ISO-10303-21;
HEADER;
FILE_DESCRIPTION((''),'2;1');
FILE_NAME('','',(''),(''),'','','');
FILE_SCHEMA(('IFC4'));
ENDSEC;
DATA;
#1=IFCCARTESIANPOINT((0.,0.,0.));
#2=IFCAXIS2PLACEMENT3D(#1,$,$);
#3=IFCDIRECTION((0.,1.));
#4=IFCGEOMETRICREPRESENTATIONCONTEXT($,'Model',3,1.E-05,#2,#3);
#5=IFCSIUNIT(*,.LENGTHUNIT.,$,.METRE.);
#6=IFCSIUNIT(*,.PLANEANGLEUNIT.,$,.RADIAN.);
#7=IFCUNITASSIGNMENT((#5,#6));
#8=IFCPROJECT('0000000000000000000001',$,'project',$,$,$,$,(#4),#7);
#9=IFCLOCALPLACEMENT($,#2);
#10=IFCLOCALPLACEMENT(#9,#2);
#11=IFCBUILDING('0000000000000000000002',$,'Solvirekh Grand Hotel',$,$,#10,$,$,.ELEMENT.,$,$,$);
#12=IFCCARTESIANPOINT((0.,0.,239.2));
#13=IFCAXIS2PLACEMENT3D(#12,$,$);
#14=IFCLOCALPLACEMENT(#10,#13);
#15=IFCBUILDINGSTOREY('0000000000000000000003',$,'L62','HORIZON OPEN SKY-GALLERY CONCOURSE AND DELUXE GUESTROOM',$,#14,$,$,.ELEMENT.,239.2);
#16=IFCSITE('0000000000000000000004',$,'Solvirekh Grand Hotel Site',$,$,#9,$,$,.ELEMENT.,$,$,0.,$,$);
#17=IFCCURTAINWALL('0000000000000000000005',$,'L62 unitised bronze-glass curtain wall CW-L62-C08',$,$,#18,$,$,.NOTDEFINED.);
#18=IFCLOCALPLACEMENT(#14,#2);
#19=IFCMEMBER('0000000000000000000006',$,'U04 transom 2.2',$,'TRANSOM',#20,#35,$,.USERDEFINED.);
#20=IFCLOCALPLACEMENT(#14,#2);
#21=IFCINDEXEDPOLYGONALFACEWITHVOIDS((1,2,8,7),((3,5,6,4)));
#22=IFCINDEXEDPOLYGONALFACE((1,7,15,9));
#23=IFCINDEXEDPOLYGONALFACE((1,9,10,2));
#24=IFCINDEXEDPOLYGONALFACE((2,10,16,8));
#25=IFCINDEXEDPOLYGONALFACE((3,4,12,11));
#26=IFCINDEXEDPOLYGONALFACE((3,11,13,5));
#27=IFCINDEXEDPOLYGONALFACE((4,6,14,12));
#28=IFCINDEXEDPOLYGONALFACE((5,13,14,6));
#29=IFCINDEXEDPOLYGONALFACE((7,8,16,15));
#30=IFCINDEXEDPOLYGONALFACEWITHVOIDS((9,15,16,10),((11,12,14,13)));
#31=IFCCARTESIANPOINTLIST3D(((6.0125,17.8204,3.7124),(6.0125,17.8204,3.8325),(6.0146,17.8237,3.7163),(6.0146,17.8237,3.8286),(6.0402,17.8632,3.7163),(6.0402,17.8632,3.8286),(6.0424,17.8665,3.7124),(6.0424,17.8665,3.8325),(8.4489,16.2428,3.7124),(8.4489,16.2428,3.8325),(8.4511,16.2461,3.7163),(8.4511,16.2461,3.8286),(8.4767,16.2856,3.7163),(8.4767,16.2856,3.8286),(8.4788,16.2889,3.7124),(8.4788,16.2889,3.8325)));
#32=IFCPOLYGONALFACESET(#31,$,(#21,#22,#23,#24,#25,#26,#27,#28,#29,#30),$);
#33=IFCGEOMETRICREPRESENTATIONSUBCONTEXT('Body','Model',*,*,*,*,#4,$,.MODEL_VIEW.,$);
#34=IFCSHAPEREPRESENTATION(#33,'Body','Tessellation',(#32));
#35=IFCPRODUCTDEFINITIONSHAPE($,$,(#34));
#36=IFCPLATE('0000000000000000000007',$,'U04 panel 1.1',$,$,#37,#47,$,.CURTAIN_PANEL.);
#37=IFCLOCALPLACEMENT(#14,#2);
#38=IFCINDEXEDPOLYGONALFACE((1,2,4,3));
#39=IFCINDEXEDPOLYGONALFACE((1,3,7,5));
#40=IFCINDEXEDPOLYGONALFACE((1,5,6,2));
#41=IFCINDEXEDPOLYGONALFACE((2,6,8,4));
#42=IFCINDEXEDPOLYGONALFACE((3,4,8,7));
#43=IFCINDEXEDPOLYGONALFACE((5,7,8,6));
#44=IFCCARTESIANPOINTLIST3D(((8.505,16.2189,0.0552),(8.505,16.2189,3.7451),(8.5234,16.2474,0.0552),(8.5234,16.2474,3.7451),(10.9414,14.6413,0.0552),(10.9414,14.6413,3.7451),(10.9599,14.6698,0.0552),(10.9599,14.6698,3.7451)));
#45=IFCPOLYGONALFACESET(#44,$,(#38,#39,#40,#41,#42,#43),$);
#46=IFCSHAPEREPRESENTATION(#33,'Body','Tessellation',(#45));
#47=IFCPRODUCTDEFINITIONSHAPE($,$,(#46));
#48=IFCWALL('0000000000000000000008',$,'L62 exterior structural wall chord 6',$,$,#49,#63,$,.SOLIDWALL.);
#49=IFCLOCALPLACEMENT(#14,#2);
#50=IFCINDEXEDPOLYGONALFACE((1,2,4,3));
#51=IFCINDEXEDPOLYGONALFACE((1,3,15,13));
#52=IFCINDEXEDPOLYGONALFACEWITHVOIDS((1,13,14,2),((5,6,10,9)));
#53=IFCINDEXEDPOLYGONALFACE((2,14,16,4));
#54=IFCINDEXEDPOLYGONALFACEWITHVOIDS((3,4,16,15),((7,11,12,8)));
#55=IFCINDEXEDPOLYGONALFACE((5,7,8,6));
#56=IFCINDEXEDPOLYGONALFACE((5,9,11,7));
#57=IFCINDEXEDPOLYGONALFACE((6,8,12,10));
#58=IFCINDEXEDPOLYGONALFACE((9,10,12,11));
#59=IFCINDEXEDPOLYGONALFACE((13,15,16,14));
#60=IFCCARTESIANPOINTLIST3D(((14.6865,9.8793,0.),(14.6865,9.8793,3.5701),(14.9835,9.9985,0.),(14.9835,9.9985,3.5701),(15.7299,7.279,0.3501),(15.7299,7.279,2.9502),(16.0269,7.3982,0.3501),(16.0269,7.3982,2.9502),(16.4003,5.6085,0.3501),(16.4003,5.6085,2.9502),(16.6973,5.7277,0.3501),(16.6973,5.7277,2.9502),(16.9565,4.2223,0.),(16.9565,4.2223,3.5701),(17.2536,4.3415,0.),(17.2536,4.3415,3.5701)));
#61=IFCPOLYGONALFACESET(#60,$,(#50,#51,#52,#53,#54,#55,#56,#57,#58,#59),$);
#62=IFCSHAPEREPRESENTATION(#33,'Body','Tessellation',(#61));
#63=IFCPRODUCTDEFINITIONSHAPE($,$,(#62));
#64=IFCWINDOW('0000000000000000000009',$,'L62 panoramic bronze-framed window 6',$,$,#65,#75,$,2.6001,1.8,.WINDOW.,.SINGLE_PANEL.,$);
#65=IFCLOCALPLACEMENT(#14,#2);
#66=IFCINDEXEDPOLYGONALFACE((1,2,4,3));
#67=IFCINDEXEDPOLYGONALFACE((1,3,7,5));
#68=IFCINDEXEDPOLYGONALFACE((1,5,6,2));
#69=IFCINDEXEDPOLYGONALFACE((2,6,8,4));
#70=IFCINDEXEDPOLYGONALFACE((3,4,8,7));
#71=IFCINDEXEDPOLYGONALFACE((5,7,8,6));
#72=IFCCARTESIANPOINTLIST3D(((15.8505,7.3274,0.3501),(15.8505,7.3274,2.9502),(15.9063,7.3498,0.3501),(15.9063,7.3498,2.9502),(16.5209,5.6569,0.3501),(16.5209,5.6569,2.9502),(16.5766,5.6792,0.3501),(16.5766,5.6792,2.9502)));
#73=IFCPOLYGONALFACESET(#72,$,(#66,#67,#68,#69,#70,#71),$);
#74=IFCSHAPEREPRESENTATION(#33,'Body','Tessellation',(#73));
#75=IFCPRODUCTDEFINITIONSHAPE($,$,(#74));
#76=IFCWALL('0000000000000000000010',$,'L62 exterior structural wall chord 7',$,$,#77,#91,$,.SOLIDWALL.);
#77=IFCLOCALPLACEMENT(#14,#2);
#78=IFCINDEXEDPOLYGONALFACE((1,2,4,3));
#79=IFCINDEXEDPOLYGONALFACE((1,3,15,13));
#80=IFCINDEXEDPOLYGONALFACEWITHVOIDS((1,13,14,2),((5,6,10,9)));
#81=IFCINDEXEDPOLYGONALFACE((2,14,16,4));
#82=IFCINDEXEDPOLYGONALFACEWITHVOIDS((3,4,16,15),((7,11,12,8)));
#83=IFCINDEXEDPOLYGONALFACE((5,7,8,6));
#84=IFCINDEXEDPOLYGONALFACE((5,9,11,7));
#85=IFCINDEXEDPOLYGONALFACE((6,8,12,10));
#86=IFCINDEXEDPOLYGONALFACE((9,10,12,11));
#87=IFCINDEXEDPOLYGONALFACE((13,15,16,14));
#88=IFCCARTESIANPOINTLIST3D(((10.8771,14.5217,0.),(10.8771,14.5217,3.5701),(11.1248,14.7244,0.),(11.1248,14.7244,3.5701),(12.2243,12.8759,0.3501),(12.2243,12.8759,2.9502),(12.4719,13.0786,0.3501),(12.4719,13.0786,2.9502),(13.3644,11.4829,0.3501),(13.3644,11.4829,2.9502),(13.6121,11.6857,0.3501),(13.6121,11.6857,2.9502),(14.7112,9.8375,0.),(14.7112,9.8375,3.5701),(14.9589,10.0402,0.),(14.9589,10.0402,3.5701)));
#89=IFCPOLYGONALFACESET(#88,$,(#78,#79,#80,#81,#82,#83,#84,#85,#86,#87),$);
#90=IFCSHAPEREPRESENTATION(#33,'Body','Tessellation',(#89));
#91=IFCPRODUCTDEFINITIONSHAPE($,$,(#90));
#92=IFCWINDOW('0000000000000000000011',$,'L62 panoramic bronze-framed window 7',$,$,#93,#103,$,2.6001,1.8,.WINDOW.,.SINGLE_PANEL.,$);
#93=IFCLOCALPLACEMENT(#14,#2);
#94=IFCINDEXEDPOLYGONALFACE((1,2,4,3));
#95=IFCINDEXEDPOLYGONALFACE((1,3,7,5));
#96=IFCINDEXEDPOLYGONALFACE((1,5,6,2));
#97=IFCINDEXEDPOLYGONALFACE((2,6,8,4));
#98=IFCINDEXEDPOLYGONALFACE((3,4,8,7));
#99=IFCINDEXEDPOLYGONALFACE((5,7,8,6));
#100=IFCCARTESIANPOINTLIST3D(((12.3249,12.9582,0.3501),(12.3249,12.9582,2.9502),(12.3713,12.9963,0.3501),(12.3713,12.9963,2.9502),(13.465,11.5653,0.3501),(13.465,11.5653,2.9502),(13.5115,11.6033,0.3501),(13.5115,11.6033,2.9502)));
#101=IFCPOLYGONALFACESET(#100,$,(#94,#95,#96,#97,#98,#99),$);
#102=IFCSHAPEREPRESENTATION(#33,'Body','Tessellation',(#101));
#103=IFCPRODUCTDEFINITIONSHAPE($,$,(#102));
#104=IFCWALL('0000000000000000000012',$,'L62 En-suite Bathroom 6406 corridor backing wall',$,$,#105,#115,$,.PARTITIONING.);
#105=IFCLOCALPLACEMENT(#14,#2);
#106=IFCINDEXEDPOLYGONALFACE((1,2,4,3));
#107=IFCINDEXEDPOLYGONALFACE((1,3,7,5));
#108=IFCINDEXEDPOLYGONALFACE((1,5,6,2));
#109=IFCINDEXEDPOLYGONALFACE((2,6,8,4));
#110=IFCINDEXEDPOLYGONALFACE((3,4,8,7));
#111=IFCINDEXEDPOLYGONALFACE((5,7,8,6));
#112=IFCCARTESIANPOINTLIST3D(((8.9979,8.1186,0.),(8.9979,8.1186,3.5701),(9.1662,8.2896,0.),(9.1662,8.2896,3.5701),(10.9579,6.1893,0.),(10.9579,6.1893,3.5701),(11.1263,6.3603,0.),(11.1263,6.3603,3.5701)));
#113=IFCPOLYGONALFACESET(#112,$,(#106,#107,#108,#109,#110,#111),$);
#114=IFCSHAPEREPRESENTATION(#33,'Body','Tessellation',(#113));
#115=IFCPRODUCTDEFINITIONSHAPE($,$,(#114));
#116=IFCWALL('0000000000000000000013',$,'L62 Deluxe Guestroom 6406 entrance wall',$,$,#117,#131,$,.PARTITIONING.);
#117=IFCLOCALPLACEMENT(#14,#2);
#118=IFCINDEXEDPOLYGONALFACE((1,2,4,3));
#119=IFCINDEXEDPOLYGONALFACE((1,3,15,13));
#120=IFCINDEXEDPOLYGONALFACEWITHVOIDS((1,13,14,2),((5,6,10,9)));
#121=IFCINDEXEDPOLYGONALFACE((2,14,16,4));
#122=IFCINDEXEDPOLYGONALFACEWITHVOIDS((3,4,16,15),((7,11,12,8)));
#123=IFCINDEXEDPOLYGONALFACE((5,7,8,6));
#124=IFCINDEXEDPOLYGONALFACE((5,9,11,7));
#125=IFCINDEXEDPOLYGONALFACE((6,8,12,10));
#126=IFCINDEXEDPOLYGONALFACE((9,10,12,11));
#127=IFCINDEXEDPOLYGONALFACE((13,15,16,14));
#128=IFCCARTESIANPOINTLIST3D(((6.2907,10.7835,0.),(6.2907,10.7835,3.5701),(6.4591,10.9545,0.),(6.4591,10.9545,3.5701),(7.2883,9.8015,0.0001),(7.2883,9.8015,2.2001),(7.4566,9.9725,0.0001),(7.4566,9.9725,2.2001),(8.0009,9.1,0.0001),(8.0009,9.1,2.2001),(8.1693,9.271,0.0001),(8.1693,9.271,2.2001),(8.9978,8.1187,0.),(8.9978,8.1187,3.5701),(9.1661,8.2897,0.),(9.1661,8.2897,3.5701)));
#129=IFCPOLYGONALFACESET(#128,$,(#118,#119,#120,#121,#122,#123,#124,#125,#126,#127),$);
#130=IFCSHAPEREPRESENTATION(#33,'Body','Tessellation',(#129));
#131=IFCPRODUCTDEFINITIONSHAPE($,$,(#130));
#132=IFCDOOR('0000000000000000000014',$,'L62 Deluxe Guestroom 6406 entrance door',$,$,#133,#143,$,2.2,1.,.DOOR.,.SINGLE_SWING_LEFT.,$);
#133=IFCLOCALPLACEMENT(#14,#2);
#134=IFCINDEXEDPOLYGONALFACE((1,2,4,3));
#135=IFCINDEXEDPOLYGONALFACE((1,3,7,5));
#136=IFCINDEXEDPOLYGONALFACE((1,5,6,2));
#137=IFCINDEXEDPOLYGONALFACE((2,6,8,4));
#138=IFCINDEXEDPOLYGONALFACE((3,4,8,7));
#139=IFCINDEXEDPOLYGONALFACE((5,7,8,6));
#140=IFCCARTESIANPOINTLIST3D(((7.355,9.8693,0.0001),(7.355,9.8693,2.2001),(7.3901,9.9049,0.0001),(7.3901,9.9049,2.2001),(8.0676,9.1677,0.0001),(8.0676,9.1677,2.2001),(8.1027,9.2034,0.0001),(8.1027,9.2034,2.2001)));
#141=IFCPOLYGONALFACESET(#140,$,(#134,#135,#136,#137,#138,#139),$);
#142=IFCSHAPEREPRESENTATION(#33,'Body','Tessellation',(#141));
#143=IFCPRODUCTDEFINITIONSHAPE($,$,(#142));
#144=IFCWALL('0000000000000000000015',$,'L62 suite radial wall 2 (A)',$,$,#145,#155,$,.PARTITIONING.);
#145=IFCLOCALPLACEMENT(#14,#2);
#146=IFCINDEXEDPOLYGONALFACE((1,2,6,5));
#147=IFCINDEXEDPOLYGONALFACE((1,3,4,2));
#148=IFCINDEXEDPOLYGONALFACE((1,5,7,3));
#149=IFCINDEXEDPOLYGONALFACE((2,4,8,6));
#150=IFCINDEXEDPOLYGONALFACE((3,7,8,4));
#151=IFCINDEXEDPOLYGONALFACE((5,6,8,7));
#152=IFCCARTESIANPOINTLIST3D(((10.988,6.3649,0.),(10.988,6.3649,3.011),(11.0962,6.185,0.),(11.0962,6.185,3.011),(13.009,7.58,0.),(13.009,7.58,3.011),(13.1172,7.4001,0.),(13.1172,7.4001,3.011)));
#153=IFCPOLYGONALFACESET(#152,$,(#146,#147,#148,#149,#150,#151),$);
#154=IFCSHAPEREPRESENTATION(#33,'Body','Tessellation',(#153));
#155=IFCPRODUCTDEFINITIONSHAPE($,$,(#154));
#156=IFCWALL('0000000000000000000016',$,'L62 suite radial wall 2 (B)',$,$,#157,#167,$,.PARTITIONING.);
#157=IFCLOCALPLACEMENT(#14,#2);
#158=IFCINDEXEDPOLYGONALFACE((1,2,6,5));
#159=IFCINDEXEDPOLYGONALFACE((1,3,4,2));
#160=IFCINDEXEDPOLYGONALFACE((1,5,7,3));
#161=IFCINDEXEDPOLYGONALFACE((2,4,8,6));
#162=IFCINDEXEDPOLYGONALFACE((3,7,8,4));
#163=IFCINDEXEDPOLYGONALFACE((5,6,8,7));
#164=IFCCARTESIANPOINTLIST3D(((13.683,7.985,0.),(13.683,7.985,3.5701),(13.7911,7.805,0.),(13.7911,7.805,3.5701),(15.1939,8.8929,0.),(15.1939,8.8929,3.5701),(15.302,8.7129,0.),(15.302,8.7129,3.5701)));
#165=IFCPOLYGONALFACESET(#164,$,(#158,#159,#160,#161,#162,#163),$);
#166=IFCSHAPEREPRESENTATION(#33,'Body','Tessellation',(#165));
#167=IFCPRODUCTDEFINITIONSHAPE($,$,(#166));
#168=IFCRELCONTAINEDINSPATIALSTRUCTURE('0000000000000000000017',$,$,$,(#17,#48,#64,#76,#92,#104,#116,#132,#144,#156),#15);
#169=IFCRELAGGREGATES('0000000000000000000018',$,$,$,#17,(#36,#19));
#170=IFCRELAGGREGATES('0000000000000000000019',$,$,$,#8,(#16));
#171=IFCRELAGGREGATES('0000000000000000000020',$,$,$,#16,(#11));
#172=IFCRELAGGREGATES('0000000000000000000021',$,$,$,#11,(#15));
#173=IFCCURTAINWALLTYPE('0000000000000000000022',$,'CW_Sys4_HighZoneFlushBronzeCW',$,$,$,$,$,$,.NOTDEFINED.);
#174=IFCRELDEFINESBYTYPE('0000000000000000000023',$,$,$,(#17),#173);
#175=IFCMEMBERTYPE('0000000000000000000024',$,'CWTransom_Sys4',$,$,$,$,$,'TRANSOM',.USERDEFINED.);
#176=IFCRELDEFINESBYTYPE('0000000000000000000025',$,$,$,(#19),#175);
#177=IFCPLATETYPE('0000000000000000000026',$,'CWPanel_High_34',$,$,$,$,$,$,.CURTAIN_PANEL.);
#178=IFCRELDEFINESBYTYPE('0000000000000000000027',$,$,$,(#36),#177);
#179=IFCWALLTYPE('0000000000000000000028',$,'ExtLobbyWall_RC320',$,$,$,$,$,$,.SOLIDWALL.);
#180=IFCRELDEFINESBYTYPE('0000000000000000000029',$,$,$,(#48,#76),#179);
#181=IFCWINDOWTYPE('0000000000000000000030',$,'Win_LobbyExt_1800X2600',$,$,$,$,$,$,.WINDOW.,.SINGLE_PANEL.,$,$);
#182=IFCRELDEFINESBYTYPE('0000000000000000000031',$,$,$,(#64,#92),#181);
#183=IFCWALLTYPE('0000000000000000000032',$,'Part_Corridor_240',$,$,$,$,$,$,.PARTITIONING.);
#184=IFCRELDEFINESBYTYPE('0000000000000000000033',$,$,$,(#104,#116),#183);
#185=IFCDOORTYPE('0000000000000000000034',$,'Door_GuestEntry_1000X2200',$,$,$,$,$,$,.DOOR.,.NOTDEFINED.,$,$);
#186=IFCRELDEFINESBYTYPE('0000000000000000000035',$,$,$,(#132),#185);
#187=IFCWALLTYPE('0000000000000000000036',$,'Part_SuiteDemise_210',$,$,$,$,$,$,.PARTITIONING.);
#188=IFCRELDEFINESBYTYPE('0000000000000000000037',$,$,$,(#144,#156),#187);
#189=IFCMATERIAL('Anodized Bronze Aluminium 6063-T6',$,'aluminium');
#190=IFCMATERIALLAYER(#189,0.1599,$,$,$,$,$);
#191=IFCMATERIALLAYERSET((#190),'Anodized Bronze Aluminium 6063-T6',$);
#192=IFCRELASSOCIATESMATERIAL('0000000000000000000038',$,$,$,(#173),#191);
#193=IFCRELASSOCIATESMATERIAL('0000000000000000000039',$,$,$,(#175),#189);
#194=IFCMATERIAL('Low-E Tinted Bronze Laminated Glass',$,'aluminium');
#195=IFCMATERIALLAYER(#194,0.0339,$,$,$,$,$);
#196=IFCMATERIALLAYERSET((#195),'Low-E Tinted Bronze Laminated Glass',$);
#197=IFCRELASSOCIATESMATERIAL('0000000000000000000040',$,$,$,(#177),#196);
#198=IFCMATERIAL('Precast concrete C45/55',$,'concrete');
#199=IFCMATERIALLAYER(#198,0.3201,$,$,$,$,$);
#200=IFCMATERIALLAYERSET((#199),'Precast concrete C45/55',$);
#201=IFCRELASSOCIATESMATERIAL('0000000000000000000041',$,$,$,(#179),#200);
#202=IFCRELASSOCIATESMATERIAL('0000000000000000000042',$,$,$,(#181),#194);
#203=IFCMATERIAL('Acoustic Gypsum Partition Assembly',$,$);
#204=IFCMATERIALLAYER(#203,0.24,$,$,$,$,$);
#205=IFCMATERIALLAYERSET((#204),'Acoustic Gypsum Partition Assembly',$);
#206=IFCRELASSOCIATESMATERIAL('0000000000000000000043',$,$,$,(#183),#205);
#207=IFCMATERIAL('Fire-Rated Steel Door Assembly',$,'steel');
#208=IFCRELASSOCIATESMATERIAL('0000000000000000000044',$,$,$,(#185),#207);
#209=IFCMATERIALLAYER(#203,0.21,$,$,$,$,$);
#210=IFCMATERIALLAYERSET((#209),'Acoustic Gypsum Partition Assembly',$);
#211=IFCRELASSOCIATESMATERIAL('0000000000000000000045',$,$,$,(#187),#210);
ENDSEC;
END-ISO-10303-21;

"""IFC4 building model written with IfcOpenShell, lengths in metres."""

from ifc_helpers import new_model, si_unit, direction, frame, frame_2d, origin, origin_2d, place, context, subcontext, project, spatial, rectangle, hollow_rectangle, extrude, source, transform, mapped, material, layer, layer_set, material_profile, profile_set, type_object, element, fill, aggregate, save


model = new_model("IFC4")

# Units and contexts
model_context = context("Model", 3, precision=1e-05, world=origin(), true_north=direction((0.0, 1.0)))
body_context = subcontext(model_context, "Body", "Model", "MODEL_VIEW")
ifc_project = project(units=[si_unit("LENGTHUNIT", "METRE"), si_unit("PLANEANGLEUNIT", "RADIAN")], contexts=[model_context])

# Site, building, storey
site_placement = place(None, origin())
site = spatial("IfcSite", under=ifc_project, at=site_placement, Name="Solvirekh Grand Hotel Site", CompositionType="ELEMENT", RefElevation=0.0)
building_placement = place(site_placement, origin())
building = spatial("IfcBuilding", under=site, at=building_placement, Name="Solvirekh Grand Hotel", CompositionType="ELEMENT")
storey_placement = place(building_placement, frame((0.0, 0.0, 239.2)))
storey = spatial("IfcBuildingStorey", under=building, at=storey_placement, Name="L62", Description="HORIZON OPEN SKY-GALLERY CONCOURSE AND DELUXE GUESTROOM", CompositionType="ELEMENT", Elevation=239.2)

# Curtain wall, member, plate
ifc_material_1 = material(Name="Anodized Bronze Aluminium 6063-T6", Category="aluminium")
ifc_layer_1 = layer(ifc_material_1, 0.1599)
ifc_layer_set_1 = layer_set([ifc_layer_1], Name="Anodized Bronze Aluminium 6063-T6")
curtain_wall_type = type_object("IfcCurtainWallType", Name="CW_Sys4_HighZoneFlushBronzeCW", PredefinedType="NOTDEFINED", material=ifc_layer_set_1)
curtain_wall_placement = place(storey_placement, origin())
curtain_wall = element("IfcCurtainWall", 1, at=curtain_wall_placement, inside=storey, type_object=curtain_wall_type, Name="L62 unitised bronze-glass curtain wall CW-L62-C08", PredefinedType="NOTDEFINED")
ifc_material_profile_1 = material_profile(ifc_material_1, hollow_rectangle(XDim=0.0549, YDim=0.1201, WallThickness=0.0039, at=origin_2d()), Name="ALU RHS 120X55X4")
ifc_profile_set_1 = profile_set([ifc_material_profile_1], Name="Anodized Bronze Aluminium 6063-T6")
member_type_1 = type_object("IfcMemberType", Name="CWTransom_Sys4", ElementType="TRANSOM", PredefinedType="USERDEFINED", material=ifc_profile_set_1)
shared_shape_1 = source(origin(), body_context, "Body", "SweptSolid", [
    extrude(hollow_rectangle(XDim=0.0549, YDim=0.1201, WallThickness=0.0039, at=origin_2d()), origin(), (0.0, 0.0, 1.0), 2.9026),
])
member_1_placement = place(storey_placement, frame((8.4639, 16.2659, 3.7725), z_axis=(-0.839403, 0.543509, 0.0), x_axis=(-0.543509, -0.839403, 0.0)))
member_1 = element("IfcMember", 2, at=member_1_placement, type_object=member_type_1, Name="U04 transom 2.2", ObjectType="TRANSOM", PredefinedType="USERDEFINED", context=body_context, shape_type="MappedRepresentation", body=[
    mapped(shared_shape_1, transform((0.0, 0.0, 0.0), x_axis=(1.0, 0.0, 0.0), y_axis=(0.0, 1.0, 0.0), z_axis=(0.0, 0.0, 1.0), scale=1.0)),
])
ifc_material_2 = material(Name="Low-E Tinted Bronze Laminated Glass", Category="aluminium")
ifc_layer_2 = layer(ifc_material_2, 0.0339)
ifc_layer_set_2 = layer_set([ifc_layer_2], Name="Low-E Tinted Bronze Laminated Glass")
plate_type = type_object("IfcPlateType", Name="CWPanel_High_34", PredefinedType="CURTAIN_PANEL", material=ifc_layer_set_2)
shared_shape_2 = source(origin(), body_context, "Body", "SweptSolid", [
    extrude(rectangle(XDim=2.9026, YDim=0.0339, at=origin_2d()), origin(), (0.0, 0.0, 1.0), 3.6899),
])
plate_placement = place(storey_placement, frame((9.7324, 15.4443, 0.0552), z_axis=(0.0, 0.0, 1.0), x_axis=(-0.839404, 0.543508, 0.0)))
plate = element("IfcPlate", 3, at=plate_placement, type_object=plate_type, Name="U04 panel 1.1", PredefinedType="CURTAIN_PANEL", context=body_context, shape_type="MappedRepresentation", body=[
    mapped(shared_shape_2, transform((0.0, 0.0, 0.0), x_axis=(1.0, 0.0, 0.0), y_axis=(0.0, 1.0, 0.0), z_axis=(0.0, 0.0, 1.0), scale=1.0)),
])
aggregate(curtain_wall, [plate, member_1])

# Walls, openings, windows
ifc_material_3 = material(Name="Precast concrete C45/55", Category="concrete")
ifc_layer_3 = layer(ifc_material_3, 0.3201)
ifc_layer_set_3 = layer_set([ifc_layer_3], Name="Precast concrete C45/55")
wall_type_1 = type_object("IfcWallType", Name="ExtLobbyWall_RC320", PredefinedType="SOLIDWALL", material=ifc_layer_set_3)
wall_1_placement = place(storey_placement, frame((14.835, 9.939, 0.0), z_axis=(0.0, 0.0, 1.0), x_axis=(0.372412, -0.928067, 0.0)))
wall_1 = element("IfcWall", 4, at=wall_1_placement, inside=storey, type_object=wall_type_1, Name="L62 exterior structural wall chord 6", PredefinedType="SOLIDWALL", context=body_context, shape_type="SweptSolid", body=[
    extrude(rectangle(XDim=6.0955, YDim=0.3201, at=frame_2d((3.0479, 0.0))), origin(), (0.0, 0.0, 1.0), 3.5701),
])
opening_1_placement = place(wall_1_placement, frame((2.802, 0.0, 0.3501)))
opening_1 = element("IfcOpeningElement", 5, at=opening_1_placement, cuts=wall_1, PredefinedType="OPENING", context=body_context, shape_type="SweptSolid", body=[
    extrude(rectangle(XDim=1.8, YDim=2.6001, at=frame_2d((0.8999, 1.3))), frame((0.0, 0.1699, 0.0), z_axis=(0.0, -1.0, 0.0), x_axis=(1.0, 0.0, 0.0)), (0.0, 0.0, 1.0), 0.3401),
])
window_type = type_object("IfcWindowType", Name="Win_LobbyExt_1800X2600", PartitioningType="SINGLE_PANEL", PredefinedType="WINDOW", material=ifc_material_2)
window_1_placement = place(opening_1_placement, origin())
window_1 = element("IfcWindow", 6, at=window_1_placement, inside=storey, type_object=window_type, Name="L62 panoramic bronze-framed window 6", OverallHeight=2.6001, OverallWidth=1.8, PartitioningType="SINGLE_PANEL", PredefinedType="WINDOW", context=body_context, shape_type="SweptSolid", body=[
    extrude(rectangle(XDim=1.8, YDim=2.6001, at=frame_2d((0.8999, 1.3))), frame((0.0, 0.03, 0.0), z_axis=(0.0, -1.0, 0.0), x_axis=(1.0, 0.0, 0.0)), (0.0, 0.0, 1.0), 0.0601),
])
fill(opening_1, window_1)
wall_2_placement = place(storey_placement, frame((11.001, 14.623, 0.0), z_axis=(0.0, 0.0, 1.0), x_axis=(0.633392, -0.773831, 0.0)))
wall_2 = element("IfcWall", 7, at=wall_2_placement, inside=storey, type_object=wall_type_1, Name="L62 exterior structural wall chord 7", PredefinedType="SOLIDWALL", context=body_context, shape_type="SweptSolid", body=[
    extrude(rectangle(XDim=6.0532, YDim=0.3201, at=frame_2d((3.0266, 0.0))), origin(), (0.0, 0.0, 1.0), 3.5701),
])
opening_2_placement = place(wall_2_placement, frame((2.127, 0.0, 0.3501)))
opening_2 = element("IfcOpeningElement", 8, at=opening_2_placement, cuts=wall_2, PredefinedType="OPENING", context=body_context, shape_type="SweptSolid", body=[
    extrude(rectangle(XDim=1.8, YDim=2.6001, at=frame_2d((0.8999, 1.3))), frame((0.0, 0.1699, 0.0), z_axis=(0.0, -1.0, 0.0), x_axis=(1.0, 0.0, 0.0)), (0.0, 0.0, 1.0), 0.3401),
])
window_2_placement = place(opening_2_placement, origin())
window_2 = element("IfcWindow", 9, at=window_2_placement, inside=storey, type_object=window_type, Name="L62 panoramic bronze-framed window 7", OverallHeight=2.6001, OverallWidth=1.8, PartitioningType="SINGLE_PANEL", PredefinedType="WINDOW", context=body_context, shape_type="SweptSolid", body=[
    extrude(rectangle(XDim=1.8, YDim=2.6001, at=frame_2d((0.8999, 1.3))), frame((0.0, 0.03, 0.0), z_axis=(0.0, -1.0, 0.0), x_axis=(1.0, 0.0, 0.0)), (0.0, 0.0, 1.0), 0.0601),
])
fill(opening_2, window_2)

# Wall
ifc_material_4 = material(Name="Acoustic Gypsum Partition Assembly")
ifc_layer_4 = layer(ifc_material_4, 0.24)
ifc_layer_set_4 = layer_set([ifc_layer_4], Name="Acoustic Gypsum Partition Assembly")
wall_type_2 = type_object("IfcWallType", Name="Part_Corridor_240", PredefinedType="PARTITIONING", material=ifc_layer_set_4)
wall_3_placement = place(storey_placement, frame((11.042, 6.2749, 0.0), z_axis=(0.0, 0.0, 1.0), x_axis=(-0.712677, 0.701492, 0.0)))
element("IfcWall", 10, at=wall_3_placement, inside=storey, type_object=wall_type_2, Name="L62 En-suite Bathroom 6406 corridor backing wall", PredefinedType="PARTITIONING", context=body_context, shape_type="SweptSolid", body=[
    extrude(rectangle(XDim=2.7502, YDim=0.24, at=frame_2d((1.375, 0.0))), origin(), (0.0, 0.0, 1.0), 3.5701),
])

# Wall, opening, door
wall_4_placement = place(storey_placement, frame((9.082, 8.2041, 0.0), z_axis=(0.0, 0.0, 1.0), x_axis=(-0.712644, 0.701525, 0.0)))
wall_4 = element("IfcWall", 11, at=wall_4_placement, inside=storey, type_object=wall_type_2, Name="L62 Deluxe Guestroom 6406 entrance wall", PredefinedType="PARTITIONING", context=body_context, shape_type="SweptSolid", body=[
    extrude(rectangle(XDim=3.7986, YDim=0.24, at=frame_2d((1.8994, 0.0))), origin(), (0.0, 0.0, 1.0), 3.5701),
])
opening_3_placement = place(wall_4_placement, frame((1.3989, 0.0, 0.0)))
opening_3 = element("IfcOpeningElement", 12, at=opening_3_placement, cuts=wall_4, PredefinedType="OPENING", context=body_context, shape_type="SweptSolid", body=[
    extrude(rectangle(XDim=1.0, YDim=2.2, at=frame_2d((0.5, 1.1001))), frame((0.0, 0.1299, 0.0), z_axis=(0.0, -1.0, 0.0), x_axis=(1.0, 0.0, 0.0)), (0.0, 0.0, 1.0), 0.26),
])
ifc_material_5 = material(Name="Fire-Rated Steel Door Assembly", Category="steel")
door_type_1 = type_object("IfcDoorType", Name="Door_GuestEntry_1000X2200", OperationType="NOTDEFINED", PredefinedType="DOOR", material=ifc_material_5)
door_1_placement = place(opening_3_placement, origin())
door_1 = element("IfcDoor", 13, at=door_1_placement, inside=storey, type_object=door_type_1, Name="L62 Deluxe Guestroom 6406 entrance door", OperationType="SINGLE_SWING_LEFT", OverallHeight=2.2, OverallWidth=1.0, PredefinedType="DOOR", context=body_context, shape_type="SweptSolid", body=[
    extrude(rectangle(XDim=1.0, YDim=2.2, at=frame_2d((0.5, 1.1001))), frame((0.0, 0.0249, 0.0), z_axis=(0.0, -1.0, 0.0), x_axis=(1.0, 0.0, 0.0)), (0.0, 0.0, 1.0), 0.05),
])
fill(opening_3, door_1)

# Walls
ifc_layer_5 = layer(ifc_material_4, 0.21)
ifc_layer_set_5 = layer_set([ifc_layer_5], Name="Acoustic Gypsum Partition Assembly")
wall_type_3 = type_object("IfcWallType", Name="Part_SuiteDemise_210", PredefinedType="PARTITIONING", material=ifc_layer_set_5)
wall_5_placement = place(storey_placement, frame((11.042, 6.2749, 0.0), z_axis=(0.0, 0.0, 1.0), x_axis=(0.857027, 0.515272, 0.0)))
element("IfcWall", 14, at=wall_5_placement, inside=storey, type_object=wall_type_3, Name="L62 suite radial wall 2 (A)", PredefinedType="PARTITIONING", context=body_context, shape_type="SweptSolid", body=[
    extrude(rectangle(XDim=2.3582, YDim=0.21, at=frame_2d((1.1792, 0.0))), origin(), (0.0, 0.0, 1.0), 3.011),
])
wall_6_placement = place(storey_placement, frame((13.7371, 7.895, 0.0), z_axis=(0.0, 0.0, 1.0), x_axis=(0.857151, 0.515066, 0.0)))
element("IfcWall", 15, at=wall_6_placement, inside=storey, type_object=wall_type_3, Name="L62 suite radial wall 2 (B)", PredefinedType="PARTITIONING", context=body_context, shape_type="SweptSolid", body=[
    extrude(rectangle(XDim=1.7627, YDim=0.21, at=frame_2d((0.8813, 0.0))), origin(), (0.0, 0.0, 1.0), 3.5701),
])

save(model, "model.ifc")
